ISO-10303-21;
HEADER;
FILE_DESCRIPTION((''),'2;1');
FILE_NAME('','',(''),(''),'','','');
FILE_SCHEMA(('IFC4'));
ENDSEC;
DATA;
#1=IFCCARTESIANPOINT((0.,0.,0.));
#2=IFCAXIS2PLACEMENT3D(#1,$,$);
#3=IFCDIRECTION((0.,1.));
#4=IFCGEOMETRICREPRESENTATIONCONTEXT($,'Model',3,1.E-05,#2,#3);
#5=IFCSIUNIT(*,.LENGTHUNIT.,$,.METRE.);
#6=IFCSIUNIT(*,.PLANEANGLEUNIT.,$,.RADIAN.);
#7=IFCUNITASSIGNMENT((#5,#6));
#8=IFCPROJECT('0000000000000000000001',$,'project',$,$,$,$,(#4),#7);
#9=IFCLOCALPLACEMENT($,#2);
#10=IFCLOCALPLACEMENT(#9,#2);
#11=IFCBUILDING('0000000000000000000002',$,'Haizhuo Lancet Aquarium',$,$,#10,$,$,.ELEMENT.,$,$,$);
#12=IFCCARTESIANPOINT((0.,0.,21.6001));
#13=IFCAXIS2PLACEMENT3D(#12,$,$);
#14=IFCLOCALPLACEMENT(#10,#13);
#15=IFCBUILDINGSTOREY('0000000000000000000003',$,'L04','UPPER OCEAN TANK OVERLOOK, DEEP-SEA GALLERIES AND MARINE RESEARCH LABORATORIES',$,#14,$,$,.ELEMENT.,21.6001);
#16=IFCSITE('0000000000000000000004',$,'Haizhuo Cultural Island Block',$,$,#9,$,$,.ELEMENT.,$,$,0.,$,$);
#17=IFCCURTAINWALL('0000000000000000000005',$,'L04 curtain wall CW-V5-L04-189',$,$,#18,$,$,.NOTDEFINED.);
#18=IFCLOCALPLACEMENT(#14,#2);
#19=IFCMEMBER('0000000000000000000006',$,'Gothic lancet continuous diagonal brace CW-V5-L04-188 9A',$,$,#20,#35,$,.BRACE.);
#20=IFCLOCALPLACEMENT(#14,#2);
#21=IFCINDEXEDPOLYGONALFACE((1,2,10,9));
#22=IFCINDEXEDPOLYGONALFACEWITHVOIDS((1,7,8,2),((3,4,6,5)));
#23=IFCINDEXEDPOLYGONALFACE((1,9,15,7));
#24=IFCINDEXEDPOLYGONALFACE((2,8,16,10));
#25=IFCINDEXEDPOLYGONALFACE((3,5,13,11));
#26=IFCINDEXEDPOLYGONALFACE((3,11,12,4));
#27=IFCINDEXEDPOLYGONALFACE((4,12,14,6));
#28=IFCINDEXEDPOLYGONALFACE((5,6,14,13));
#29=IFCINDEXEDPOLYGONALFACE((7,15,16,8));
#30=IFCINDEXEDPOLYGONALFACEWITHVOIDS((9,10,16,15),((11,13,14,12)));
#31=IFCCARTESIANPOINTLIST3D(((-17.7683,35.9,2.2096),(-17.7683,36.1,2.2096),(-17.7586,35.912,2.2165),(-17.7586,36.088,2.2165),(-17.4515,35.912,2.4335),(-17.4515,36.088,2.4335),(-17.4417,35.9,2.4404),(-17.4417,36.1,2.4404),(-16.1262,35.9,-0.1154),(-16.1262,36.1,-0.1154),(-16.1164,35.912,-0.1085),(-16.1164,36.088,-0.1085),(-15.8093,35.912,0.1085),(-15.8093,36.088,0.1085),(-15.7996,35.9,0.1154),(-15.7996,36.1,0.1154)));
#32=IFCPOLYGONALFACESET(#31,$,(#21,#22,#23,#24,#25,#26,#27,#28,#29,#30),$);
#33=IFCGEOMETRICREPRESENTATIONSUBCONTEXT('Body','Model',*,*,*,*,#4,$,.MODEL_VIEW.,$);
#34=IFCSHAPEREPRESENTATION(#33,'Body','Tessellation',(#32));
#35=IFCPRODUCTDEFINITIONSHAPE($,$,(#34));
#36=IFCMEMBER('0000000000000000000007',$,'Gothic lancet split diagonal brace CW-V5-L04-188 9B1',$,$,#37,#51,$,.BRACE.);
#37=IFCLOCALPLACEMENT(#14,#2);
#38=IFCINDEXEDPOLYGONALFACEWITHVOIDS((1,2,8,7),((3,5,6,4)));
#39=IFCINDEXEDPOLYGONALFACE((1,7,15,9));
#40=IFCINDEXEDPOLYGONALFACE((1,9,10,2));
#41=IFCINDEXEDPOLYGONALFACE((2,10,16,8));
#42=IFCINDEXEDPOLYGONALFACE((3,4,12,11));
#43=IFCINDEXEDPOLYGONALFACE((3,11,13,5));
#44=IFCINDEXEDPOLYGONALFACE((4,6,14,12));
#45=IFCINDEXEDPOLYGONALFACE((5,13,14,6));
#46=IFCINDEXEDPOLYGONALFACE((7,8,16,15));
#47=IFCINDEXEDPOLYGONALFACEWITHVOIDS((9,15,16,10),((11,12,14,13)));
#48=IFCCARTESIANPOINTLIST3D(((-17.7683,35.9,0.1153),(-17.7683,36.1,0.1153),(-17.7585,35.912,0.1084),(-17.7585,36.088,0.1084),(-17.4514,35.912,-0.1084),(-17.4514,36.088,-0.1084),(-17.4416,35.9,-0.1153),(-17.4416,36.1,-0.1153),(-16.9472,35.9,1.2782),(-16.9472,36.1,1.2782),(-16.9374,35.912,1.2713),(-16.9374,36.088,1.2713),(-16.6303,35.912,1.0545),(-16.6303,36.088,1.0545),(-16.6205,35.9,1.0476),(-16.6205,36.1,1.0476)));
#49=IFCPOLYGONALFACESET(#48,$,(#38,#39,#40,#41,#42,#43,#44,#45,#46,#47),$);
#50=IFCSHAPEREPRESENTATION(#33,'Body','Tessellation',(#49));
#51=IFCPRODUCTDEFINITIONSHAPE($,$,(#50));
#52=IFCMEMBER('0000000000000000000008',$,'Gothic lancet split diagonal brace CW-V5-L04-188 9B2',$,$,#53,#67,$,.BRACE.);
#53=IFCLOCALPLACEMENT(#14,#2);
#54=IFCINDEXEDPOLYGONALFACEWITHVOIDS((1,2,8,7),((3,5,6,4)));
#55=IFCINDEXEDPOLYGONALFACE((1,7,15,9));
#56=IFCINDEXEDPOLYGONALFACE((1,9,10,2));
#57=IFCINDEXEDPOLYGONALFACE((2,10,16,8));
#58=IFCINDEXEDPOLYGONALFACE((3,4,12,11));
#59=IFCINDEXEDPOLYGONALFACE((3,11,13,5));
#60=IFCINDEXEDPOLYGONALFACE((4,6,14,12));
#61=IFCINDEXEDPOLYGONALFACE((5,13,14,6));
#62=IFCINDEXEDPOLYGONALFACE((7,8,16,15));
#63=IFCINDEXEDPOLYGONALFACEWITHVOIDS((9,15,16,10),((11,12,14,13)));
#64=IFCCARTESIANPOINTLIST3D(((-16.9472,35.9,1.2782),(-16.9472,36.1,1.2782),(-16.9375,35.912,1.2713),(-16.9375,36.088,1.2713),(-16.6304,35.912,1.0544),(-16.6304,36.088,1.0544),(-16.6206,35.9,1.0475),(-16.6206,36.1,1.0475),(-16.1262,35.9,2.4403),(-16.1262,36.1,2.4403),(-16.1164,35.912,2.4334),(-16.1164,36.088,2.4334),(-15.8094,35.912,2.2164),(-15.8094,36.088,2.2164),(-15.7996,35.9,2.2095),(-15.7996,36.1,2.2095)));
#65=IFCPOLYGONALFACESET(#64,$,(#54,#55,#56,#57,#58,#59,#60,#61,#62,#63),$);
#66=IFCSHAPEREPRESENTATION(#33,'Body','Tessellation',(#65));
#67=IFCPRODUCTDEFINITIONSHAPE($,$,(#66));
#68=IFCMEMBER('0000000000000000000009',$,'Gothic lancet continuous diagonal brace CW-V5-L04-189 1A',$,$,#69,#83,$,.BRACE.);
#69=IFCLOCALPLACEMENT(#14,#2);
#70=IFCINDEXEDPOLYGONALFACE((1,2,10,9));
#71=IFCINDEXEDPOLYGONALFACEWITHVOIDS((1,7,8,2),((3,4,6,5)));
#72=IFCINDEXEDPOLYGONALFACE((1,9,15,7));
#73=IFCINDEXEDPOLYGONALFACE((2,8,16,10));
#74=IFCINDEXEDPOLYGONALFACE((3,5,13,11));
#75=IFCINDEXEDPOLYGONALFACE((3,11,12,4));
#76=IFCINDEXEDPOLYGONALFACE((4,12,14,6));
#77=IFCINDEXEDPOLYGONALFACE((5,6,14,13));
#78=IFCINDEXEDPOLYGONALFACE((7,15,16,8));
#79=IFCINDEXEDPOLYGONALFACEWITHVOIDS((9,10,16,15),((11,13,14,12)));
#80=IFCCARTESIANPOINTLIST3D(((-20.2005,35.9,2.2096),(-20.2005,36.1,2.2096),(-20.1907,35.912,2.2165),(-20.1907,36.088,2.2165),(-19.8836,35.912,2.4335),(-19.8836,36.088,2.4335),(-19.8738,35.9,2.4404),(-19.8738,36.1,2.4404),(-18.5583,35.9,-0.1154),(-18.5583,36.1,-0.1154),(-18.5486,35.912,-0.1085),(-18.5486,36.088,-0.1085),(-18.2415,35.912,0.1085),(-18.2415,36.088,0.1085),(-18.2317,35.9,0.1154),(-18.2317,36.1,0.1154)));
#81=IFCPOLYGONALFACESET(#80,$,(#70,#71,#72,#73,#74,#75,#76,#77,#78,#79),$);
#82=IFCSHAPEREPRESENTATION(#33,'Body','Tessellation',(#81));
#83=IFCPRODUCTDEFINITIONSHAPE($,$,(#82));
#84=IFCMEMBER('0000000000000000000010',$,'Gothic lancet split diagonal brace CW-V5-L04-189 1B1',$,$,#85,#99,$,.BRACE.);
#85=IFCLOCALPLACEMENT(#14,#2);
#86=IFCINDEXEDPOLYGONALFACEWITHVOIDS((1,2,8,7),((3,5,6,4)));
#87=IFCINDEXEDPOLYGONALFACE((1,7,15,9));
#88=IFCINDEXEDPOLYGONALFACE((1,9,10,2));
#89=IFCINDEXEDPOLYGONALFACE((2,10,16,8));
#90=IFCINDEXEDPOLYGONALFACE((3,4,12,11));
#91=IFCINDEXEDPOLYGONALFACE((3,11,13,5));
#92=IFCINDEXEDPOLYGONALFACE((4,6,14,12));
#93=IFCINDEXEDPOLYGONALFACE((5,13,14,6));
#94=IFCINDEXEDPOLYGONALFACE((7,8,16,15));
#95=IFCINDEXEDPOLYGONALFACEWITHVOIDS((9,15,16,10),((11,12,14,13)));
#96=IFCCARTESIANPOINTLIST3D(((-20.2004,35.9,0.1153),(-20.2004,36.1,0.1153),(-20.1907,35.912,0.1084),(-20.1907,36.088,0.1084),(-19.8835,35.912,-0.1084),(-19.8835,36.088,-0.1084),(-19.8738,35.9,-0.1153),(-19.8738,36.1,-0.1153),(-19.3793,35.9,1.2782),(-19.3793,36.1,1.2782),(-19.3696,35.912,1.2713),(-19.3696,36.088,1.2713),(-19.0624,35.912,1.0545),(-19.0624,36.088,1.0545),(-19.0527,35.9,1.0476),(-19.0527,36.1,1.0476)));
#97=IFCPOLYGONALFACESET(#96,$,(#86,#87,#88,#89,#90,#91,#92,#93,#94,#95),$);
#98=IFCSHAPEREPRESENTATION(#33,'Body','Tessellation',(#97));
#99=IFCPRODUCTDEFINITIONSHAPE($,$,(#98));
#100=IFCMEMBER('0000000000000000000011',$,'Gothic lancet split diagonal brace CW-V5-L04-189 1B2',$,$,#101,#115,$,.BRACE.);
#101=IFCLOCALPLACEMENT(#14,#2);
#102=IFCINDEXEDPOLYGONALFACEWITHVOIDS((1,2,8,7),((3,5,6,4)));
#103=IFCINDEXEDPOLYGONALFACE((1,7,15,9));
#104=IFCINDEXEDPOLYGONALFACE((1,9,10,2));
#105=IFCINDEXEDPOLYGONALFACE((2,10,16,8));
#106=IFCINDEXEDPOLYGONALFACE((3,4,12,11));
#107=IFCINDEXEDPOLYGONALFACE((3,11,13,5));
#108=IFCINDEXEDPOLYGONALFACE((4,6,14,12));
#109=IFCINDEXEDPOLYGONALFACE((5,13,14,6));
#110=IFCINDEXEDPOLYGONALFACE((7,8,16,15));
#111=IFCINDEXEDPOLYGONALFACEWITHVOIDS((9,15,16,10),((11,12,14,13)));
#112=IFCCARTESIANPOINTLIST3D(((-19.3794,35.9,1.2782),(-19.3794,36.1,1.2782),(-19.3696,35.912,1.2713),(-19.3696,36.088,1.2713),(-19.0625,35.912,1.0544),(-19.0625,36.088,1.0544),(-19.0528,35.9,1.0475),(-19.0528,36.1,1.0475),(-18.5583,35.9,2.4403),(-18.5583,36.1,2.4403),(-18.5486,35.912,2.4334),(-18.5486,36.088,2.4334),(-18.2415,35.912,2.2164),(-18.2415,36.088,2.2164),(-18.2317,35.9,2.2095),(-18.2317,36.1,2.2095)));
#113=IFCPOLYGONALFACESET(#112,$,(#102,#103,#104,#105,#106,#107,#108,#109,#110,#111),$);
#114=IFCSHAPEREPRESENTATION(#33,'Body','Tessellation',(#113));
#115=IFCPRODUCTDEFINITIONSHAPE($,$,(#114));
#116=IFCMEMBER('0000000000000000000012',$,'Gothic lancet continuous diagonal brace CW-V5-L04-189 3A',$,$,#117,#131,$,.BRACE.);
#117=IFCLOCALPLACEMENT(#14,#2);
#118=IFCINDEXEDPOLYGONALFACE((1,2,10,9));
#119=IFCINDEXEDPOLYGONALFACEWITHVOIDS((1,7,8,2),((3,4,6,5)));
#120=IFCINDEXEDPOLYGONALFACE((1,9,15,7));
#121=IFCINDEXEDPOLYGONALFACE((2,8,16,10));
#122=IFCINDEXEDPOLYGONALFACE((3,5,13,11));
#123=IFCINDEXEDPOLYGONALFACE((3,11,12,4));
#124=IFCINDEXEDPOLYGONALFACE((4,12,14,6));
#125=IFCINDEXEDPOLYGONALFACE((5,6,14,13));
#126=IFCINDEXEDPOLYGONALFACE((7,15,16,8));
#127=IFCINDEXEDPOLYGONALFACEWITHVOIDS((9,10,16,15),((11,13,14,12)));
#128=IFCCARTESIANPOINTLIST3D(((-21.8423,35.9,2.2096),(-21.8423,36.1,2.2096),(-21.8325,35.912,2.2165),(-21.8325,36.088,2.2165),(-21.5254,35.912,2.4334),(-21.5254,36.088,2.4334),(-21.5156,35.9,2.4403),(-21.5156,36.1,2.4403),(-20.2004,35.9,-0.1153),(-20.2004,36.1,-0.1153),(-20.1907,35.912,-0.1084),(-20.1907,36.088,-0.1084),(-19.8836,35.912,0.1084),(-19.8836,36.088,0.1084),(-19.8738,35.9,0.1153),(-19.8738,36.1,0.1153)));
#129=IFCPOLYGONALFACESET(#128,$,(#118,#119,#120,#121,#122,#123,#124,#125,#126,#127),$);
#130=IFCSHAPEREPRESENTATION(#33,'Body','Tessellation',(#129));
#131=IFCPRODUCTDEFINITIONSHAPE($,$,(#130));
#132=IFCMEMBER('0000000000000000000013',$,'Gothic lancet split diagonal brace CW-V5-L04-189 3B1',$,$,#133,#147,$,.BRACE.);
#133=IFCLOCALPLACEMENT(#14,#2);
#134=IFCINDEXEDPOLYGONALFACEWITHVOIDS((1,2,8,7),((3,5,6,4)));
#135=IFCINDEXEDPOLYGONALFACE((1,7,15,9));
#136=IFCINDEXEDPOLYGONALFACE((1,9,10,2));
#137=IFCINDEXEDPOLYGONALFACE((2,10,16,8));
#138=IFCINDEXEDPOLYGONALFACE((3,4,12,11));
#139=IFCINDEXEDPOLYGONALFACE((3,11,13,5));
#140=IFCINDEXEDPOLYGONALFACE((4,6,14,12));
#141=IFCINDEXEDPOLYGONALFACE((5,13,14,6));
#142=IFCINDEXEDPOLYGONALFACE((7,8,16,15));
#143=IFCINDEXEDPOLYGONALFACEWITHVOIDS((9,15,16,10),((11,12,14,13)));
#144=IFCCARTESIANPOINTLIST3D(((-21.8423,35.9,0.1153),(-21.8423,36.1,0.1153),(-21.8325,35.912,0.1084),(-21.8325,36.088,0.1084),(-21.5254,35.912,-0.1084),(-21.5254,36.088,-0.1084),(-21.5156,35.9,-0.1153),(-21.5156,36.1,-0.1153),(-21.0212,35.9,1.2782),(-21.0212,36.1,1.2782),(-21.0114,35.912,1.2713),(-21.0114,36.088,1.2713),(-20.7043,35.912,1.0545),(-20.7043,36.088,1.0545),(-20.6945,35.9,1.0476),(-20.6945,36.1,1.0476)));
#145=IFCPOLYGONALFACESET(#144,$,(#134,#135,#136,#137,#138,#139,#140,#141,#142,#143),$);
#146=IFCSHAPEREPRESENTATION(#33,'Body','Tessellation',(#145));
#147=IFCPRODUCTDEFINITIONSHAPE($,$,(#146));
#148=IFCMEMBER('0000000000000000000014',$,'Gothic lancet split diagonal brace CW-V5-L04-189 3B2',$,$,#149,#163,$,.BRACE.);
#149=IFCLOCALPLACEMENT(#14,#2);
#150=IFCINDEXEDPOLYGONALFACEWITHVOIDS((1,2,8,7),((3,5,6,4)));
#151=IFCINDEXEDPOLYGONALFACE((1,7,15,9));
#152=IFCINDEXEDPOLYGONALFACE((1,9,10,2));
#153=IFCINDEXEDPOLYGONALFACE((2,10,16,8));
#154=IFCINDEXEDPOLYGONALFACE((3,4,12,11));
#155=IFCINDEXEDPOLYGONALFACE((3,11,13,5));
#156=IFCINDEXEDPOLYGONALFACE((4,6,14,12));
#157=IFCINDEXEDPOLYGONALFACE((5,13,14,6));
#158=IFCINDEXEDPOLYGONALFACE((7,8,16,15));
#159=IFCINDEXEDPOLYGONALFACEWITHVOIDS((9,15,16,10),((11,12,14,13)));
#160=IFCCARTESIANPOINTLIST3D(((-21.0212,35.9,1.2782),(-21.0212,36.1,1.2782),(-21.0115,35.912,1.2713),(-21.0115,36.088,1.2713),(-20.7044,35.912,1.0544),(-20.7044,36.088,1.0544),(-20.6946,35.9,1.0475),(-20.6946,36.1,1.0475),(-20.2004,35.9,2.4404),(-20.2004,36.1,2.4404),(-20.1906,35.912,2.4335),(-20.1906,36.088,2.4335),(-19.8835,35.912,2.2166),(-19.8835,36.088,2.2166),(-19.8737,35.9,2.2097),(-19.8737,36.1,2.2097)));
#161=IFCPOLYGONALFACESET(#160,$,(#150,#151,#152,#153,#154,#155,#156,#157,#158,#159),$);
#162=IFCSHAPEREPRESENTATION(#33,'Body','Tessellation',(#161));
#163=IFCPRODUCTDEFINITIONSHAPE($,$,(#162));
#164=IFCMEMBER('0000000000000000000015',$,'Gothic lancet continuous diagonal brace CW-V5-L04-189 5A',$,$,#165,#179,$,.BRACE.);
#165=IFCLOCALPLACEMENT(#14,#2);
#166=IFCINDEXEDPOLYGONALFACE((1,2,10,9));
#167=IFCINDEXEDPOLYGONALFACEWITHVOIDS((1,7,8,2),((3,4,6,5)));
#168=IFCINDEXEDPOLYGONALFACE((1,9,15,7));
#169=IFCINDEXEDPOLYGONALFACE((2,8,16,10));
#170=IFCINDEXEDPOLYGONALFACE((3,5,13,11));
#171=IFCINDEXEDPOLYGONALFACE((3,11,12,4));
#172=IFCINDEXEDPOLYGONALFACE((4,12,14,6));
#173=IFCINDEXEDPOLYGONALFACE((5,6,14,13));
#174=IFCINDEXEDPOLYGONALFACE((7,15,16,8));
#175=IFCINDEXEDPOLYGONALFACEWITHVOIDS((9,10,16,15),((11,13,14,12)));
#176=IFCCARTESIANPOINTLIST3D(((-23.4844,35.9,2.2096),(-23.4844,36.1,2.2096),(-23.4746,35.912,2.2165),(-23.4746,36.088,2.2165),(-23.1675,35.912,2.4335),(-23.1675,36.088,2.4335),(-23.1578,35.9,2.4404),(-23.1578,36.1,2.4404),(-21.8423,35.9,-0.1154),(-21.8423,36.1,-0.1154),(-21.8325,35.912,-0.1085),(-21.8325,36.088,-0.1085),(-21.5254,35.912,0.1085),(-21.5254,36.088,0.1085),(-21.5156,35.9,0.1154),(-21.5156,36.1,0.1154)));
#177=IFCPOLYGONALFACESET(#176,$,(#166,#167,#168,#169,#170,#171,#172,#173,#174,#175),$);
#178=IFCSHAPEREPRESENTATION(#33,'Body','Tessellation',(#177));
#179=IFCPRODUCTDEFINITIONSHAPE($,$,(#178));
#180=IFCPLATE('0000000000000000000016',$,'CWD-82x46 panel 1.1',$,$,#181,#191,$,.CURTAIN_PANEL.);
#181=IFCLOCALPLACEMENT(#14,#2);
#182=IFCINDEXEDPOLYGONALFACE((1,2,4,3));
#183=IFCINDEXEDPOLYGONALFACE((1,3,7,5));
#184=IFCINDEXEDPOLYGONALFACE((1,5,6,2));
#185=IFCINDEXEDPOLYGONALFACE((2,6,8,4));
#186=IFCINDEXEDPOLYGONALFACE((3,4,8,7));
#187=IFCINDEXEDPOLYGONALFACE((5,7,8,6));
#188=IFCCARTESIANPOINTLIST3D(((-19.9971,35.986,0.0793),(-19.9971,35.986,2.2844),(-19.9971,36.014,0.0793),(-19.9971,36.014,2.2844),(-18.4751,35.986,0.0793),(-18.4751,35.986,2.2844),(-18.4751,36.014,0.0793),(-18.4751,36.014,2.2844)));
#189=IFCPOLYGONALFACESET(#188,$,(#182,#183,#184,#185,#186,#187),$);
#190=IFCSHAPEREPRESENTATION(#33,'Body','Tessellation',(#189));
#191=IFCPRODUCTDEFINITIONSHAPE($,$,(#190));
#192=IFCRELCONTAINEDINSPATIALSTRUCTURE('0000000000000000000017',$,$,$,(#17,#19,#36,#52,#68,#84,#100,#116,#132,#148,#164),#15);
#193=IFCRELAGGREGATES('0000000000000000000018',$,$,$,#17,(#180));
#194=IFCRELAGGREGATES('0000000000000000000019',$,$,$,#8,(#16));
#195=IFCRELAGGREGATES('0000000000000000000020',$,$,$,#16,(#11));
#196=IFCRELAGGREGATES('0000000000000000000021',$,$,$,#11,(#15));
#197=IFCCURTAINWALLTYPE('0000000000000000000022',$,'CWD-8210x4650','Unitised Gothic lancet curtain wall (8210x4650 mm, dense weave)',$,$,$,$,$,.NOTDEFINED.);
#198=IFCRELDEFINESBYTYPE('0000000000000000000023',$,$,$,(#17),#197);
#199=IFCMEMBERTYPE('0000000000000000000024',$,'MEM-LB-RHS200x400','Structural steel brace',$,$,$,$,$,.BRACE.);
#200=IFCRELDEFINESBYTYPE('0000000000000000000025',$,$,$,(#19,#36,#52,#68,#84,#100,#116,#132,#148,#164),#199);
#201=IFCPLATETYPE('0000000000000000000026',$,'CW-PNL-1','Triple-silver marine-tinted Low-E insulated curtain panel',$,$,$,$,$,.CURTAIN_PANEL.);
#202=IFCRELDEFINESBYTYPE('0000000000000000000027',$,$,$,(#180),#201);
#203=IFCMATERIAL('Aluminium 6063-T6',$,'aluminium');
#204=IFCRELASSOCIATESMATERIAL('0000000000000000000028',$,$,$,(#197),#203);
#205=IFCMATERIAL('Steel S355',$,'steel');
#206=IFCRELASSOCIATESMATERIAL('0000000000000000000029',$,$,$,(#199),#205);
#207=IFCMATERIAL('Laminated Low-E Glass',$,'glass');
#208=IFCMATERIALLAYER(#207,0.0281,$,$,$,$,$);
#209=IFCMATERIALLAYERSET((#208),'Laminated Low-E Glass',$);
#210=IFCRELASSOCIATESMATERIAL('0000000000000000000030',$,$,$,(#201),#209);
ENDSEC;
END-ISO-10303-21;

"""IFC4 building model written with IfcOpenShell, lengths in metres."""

from ifc_helpers import new_model, si_unit, direction, frame, origin, origin_2d, place, context, subcontext, project, spatial, rectangle, hollow_rectangle, extrude, material, layer, layer_set, material_profile, profile_set, type_object, element, aggregate, save


model = new_model("IFC4")

# Units and contexts
model_context = context("Model", 3, precision=1e-05, world=origin(), true_north=direction((0.0, 1.0)))
body_context = subcontext(model_context, "Body", "Model", "MODEL_VIEW")
ifc_project = project(units=[si_unit("LENGTHUNIT", "METRE"), si_unit("PLANEANGLEUNIT", "RADIAN")], contexts=[model_context])

# Site, building, storey
site_placement = place(None, origin())
site = spatial("IfcSite", under=ifc_project, at=site_placement, Name="Haizhuo Cultural Island Block", CompositionType="ELEMENT", RefElevation=0.0)
building_placement = place(site_placement, origin())
building = spatial("IfcBuilding", under=site, at=building_placement, Name="Haizhuo Lancet Aquarium", CompositionType="ELEMENT")
storey_placement = place(building_placement, frame((0.0, 0.0, 21.6001)))
storey = spatial("IfcBuildingStorey", under=building, at=storey_placement, Name="L04", Description="UPPER OCEAN TANK OVERLOOK, DEEP-SEA GALLERIES AND MARINE RESEARCH LABORATORIES", CompositionType="ELEMENT", Elevation=21.6001)

# Curtain wall
ifc_material_1 = material(Name="Aluminium 6063-T6", Category="aluminium")
curtain_wall_type = type_object("IfcCurtainWallType", Name="CWD-8210x4650", Description="Unitised Gothic lancet curtain wall (8210x4650 mm, dense weave)", PredefinedType="NOTDEFINED", material=ifc_material_1)
curtain_wall_1_placement = place(storey_placement, origin())
curtain_wall_1 = element("IfcCurtainWall", 1, at=curtain_wall_1_placement, inside=storey, type_object=curtain_wall_type, Name="L04 curtain wall CW-V5-L04-189", PredefinedType="NOTDEFINED")

# Members
ifc_material_2 = material(Name="Steel S355", Category="steel")
ifc_material_profile_1 = material_profile(ifc_material_2, hollow_rectangle(XDim=0.2, YDim=0.3999, WallThickness=0.012, at=origin_2d()), Name="RHS 200x400x12")
ifc_profile_set_1 = profile_set([ifc_material_profile_1], Name="Steel S355")
member_type_1 = type_object("IfcMemberType", Name="MEM-LB-RHS200x400", Description="Structural steel brace", PredefinedType="BRACE", material=ifc_profile_set_1)
member_1_placement = place(storey_placement, frame((-15.9629, 36.0, 0.0), z_axis=(-0.576905, 0.0, 0.816811), x_axis=(0.0, -1.0, 0.0)))
element("IfcMember", 2, at=member_1_placement, inside=storey, type_object=member_type_1, Name="Gothic lancet continuous diagonal brace CW-V5-L04-188 9A", PredefinedType="BRACE", context=body_context, shape_type="SweptSolid", body=[
    extrude(hollow_rectangle(XDim=0.2, YDim=0.3999, WallThickness=0.012, at=origin_2d()), origin(), (0.0, 0.0, 1.0), 2.8464),
])
member_2_placement = place(storey_placement, frame((-17.605, 36.0, 0.0), z_axis=(0.576784, 0.0, 0.816897), x_axis=(0.0, 1.0, 0.0)))
element("IfcMember", 3, at=member_2_placement, inside=storey, type_object=member_type_1, Name="Gothic lancet split diagonal brace CW-V5-L04-188 9B1", PredefinedType="BRACE", context=body_context, shape_type="SweptSolid", body=[
    extrude(hollow_rectangle(XDim=0.2, YDim=0.3999, WallThickness=0.012, at=origin_2d()), origin(), (0.0, 0.0, 1.0), 1.4236),
])
member_3_placement = place(storey_placement, frame((-16.7839, 36.0, 1.1628), z_axis=(0.577027, 0.0, 0.816725), x_axis=(0.0, 1.0, 0.0)))
element("IfcMember", 4, at=member_3_placement, inside=storey, type_object=member_type_1, Name="Gothic lancet split diagonal brace CW-V5-L04-188 9B2", PredefinedType="BRACE", context=body_context, shape_type="SweptSolid", body=[
    extrude(hollow_rectangle(XDim=0.2, YDim=0.3999, WallThickness=0.012, at=origin_2d()), origin(), (0.0, 0.0, 1.0), 1.4229),
])
member_4_placement = place(storey_placement, frame((-18.395, 36.0, 0.0), z_axis=(-0.576905, 0.0, 0.816811), x_axis=(0.0, -1.0, 0.0)))
element("IfcMember", 5, at=member_4_placement, inside=storey, type_object=member_type_1, Name="Gothic lancet continuous diagonal brace CW-V5-L04-189 1A", PredefinedType="BRACE", context=body_context, shape_type="SweptSolid", body=[
    extrude(hollow_rectangle(XDim=0.2, YDim=0.3999, WallThickness=0.012, at=origin_2d()), origin(), (0.0, 0.0, 1.0), 2.8464),
])
member_5_placement = place(storey_placement, frame((-20.0371, 36.0, 0.0), z_axis=(0.576784, 0.0, 0.816897), x_axis=(0.0, 1.0, 0.0)))
element("IfcMember", 6, at=member_5_placement, inside=storey, type_object=member_type_1, Name="Gothic lancet split diagonal brace CW-V5-L04-189 1B1", PredefinedType="BRACE", context=body_context, shape_type="SweptSolid", body=[
    extrude(hollow_rectangle(XDim=0.2, YDim=0.3999, WallThickness=0.012, at=origin_2d()), origin(), (0.0, 0.0, 1.0), 1.4236),
])
member_6_placement = place(storey_placement, frame((-19.2161, 36.0, 1.1628), z_axis=(0.577027, 0.0, 0.816725), x_axis=(0.0, 1.0, 0.0)))
element("IfcMember", 7, at=member_6_placement, inside=storey, type_object=member_type_1, Name="Gothic lancet split diagonal brace CW-V5-L04-189 1B2", PredefinedType="BRACE", context=body_context, shape_type="SweptSolid", body=[
    extrude(hollow_rectangle(XDim=0.2, YDim=0.3999, WallThickness=0.012, at=origin_2d()), origin(), (0.0, 0.0, 1.0), 1.4229),
])
member_7_placement = place(storey_placement, frame((-20.0371, 36.0, 0.0), z_axis=(-0.576848, 0.0, 0.816851), x_axis=(0.0, -1.0, 0.0)))
element("IfcMember", 8, at=member_7_placement, inside=storey, type_object=member_type_1, Name="Gothic lancet continuous diagonal brace CW-V5-L04-189 3A", PredefinedType="BRACE", context=body_context, shape_type="SweptSolid", body=[
    extrude(hollow_rectangle(XDim=0.2, YDim=0.3999, WallThickness=0.012, at=origin_2d()), origin(), (0.0, 0.0, 1.0), 2.8462),
])
member_8_placement = place(storey_placement, frame((-21.679, 36.0, 0.0), z_axis=(0.576784, 0.0, 0.816897), x_axis=(0.0, 1.0, 0.0)))
element("IfcMember", 9, at=member_8_placement, inside=storey, type_object=member_type_1, Name="Gothic lancet split diagonal brace CW-V5-L04-189 3B1", PredefinedType="BRACE", context=body_context, shape_type="SweptSolid", body=[
    extrude(hollow_rectangle(XDim=0.2, YDim=0.3999, WallThickness=0.012, at=origin_2d()), origin(), (0.0, 0.0, 1.0), 1.4236),
])
member_9_placement = place(storey_placement, frame((-20.8579, 36.0, 1.1628), z_axis=(0.576912, 0.0, 0.816806), x_axis=(0.0, 1.0, 0.0)))
element("IfcMember", 10, at=member_9_placement, inside=storey, type_object=member_type_1, Name="Gothic lancet split diagonal brace CW-V5-L04-189 3B2", PredefinedType="BRACE", context=body_context, shape_type="SweptSolid", body=[
    extrude(hollow_rectangle(XDim=0.2, YDim=0.3999, WallThickness=0.012, at=origin_2d()), origin(), (0.0, 0.0, 1.0), 1.4229),
])
member_10_placement = place(storey_placement, frame((-21.679, 36.0, 0.0), z_axis=(-0.576905, 0.0, 0.816811), x_axis=(0.0, -1.0, 0.0)))
element("IfcMember", 11, at=member_10_placement, inside=storey, type_object=member_type_1, Name="Gothic lancet continuous diagonal brace CW-V5-L04-189 5A", PredefinedType="BRACE", context=body_context, shape_type="SweptSolid", body=[
    extrude(hollow_rectangle(XDim=0.2, YDim=0.3999, WallThickness=0.012, at=origin_2d()), origin(), (0.0, 0.0, 1.0), 2.8464),
])

# Plate
ifc_material_3 = material(Name="Laminated Low-E Glass", Category="glass")
ifc_layer_1 = layer(ifc_material_3, 0.0281)
ifc_layer_set_1 = layer_set([ifc_layer_1], Name="Laminated Low-E Glass")
plate_type_1 = type_object("IfcPlateType", Name="CW-PNL-1", Description="Triple-silver marine-tinted Low-E insulated curtain panel", PredefinedType="CURTAIN_PANEL", material=ifc_layer_set_1)
plate_1_placement = place(storey_placement, frame((-19.2361, 36.0, 0.0793), z_axis=(0.0, 0.0, 1.0), x_axis=(-1.0, 0.0, 0.0)))
plate_1 = element("IfcPlate", 12, at=plate_1_placement, type_object=plate_type_1, Name="CWD-82x46 panel 1.1", PredefinedType="CURTAIN_PANEL", context=body_context, shape_type="SweptSolid", body=[
    extrude(rectangle(XDim=1.522, YDim=0.0281, at=origin_2d()), origin(), (0.0, 0.0, 1.0), 2.2051),
])
aggregate(curtain_wall_1, [plate_1])

save(model, "model.ifc")
